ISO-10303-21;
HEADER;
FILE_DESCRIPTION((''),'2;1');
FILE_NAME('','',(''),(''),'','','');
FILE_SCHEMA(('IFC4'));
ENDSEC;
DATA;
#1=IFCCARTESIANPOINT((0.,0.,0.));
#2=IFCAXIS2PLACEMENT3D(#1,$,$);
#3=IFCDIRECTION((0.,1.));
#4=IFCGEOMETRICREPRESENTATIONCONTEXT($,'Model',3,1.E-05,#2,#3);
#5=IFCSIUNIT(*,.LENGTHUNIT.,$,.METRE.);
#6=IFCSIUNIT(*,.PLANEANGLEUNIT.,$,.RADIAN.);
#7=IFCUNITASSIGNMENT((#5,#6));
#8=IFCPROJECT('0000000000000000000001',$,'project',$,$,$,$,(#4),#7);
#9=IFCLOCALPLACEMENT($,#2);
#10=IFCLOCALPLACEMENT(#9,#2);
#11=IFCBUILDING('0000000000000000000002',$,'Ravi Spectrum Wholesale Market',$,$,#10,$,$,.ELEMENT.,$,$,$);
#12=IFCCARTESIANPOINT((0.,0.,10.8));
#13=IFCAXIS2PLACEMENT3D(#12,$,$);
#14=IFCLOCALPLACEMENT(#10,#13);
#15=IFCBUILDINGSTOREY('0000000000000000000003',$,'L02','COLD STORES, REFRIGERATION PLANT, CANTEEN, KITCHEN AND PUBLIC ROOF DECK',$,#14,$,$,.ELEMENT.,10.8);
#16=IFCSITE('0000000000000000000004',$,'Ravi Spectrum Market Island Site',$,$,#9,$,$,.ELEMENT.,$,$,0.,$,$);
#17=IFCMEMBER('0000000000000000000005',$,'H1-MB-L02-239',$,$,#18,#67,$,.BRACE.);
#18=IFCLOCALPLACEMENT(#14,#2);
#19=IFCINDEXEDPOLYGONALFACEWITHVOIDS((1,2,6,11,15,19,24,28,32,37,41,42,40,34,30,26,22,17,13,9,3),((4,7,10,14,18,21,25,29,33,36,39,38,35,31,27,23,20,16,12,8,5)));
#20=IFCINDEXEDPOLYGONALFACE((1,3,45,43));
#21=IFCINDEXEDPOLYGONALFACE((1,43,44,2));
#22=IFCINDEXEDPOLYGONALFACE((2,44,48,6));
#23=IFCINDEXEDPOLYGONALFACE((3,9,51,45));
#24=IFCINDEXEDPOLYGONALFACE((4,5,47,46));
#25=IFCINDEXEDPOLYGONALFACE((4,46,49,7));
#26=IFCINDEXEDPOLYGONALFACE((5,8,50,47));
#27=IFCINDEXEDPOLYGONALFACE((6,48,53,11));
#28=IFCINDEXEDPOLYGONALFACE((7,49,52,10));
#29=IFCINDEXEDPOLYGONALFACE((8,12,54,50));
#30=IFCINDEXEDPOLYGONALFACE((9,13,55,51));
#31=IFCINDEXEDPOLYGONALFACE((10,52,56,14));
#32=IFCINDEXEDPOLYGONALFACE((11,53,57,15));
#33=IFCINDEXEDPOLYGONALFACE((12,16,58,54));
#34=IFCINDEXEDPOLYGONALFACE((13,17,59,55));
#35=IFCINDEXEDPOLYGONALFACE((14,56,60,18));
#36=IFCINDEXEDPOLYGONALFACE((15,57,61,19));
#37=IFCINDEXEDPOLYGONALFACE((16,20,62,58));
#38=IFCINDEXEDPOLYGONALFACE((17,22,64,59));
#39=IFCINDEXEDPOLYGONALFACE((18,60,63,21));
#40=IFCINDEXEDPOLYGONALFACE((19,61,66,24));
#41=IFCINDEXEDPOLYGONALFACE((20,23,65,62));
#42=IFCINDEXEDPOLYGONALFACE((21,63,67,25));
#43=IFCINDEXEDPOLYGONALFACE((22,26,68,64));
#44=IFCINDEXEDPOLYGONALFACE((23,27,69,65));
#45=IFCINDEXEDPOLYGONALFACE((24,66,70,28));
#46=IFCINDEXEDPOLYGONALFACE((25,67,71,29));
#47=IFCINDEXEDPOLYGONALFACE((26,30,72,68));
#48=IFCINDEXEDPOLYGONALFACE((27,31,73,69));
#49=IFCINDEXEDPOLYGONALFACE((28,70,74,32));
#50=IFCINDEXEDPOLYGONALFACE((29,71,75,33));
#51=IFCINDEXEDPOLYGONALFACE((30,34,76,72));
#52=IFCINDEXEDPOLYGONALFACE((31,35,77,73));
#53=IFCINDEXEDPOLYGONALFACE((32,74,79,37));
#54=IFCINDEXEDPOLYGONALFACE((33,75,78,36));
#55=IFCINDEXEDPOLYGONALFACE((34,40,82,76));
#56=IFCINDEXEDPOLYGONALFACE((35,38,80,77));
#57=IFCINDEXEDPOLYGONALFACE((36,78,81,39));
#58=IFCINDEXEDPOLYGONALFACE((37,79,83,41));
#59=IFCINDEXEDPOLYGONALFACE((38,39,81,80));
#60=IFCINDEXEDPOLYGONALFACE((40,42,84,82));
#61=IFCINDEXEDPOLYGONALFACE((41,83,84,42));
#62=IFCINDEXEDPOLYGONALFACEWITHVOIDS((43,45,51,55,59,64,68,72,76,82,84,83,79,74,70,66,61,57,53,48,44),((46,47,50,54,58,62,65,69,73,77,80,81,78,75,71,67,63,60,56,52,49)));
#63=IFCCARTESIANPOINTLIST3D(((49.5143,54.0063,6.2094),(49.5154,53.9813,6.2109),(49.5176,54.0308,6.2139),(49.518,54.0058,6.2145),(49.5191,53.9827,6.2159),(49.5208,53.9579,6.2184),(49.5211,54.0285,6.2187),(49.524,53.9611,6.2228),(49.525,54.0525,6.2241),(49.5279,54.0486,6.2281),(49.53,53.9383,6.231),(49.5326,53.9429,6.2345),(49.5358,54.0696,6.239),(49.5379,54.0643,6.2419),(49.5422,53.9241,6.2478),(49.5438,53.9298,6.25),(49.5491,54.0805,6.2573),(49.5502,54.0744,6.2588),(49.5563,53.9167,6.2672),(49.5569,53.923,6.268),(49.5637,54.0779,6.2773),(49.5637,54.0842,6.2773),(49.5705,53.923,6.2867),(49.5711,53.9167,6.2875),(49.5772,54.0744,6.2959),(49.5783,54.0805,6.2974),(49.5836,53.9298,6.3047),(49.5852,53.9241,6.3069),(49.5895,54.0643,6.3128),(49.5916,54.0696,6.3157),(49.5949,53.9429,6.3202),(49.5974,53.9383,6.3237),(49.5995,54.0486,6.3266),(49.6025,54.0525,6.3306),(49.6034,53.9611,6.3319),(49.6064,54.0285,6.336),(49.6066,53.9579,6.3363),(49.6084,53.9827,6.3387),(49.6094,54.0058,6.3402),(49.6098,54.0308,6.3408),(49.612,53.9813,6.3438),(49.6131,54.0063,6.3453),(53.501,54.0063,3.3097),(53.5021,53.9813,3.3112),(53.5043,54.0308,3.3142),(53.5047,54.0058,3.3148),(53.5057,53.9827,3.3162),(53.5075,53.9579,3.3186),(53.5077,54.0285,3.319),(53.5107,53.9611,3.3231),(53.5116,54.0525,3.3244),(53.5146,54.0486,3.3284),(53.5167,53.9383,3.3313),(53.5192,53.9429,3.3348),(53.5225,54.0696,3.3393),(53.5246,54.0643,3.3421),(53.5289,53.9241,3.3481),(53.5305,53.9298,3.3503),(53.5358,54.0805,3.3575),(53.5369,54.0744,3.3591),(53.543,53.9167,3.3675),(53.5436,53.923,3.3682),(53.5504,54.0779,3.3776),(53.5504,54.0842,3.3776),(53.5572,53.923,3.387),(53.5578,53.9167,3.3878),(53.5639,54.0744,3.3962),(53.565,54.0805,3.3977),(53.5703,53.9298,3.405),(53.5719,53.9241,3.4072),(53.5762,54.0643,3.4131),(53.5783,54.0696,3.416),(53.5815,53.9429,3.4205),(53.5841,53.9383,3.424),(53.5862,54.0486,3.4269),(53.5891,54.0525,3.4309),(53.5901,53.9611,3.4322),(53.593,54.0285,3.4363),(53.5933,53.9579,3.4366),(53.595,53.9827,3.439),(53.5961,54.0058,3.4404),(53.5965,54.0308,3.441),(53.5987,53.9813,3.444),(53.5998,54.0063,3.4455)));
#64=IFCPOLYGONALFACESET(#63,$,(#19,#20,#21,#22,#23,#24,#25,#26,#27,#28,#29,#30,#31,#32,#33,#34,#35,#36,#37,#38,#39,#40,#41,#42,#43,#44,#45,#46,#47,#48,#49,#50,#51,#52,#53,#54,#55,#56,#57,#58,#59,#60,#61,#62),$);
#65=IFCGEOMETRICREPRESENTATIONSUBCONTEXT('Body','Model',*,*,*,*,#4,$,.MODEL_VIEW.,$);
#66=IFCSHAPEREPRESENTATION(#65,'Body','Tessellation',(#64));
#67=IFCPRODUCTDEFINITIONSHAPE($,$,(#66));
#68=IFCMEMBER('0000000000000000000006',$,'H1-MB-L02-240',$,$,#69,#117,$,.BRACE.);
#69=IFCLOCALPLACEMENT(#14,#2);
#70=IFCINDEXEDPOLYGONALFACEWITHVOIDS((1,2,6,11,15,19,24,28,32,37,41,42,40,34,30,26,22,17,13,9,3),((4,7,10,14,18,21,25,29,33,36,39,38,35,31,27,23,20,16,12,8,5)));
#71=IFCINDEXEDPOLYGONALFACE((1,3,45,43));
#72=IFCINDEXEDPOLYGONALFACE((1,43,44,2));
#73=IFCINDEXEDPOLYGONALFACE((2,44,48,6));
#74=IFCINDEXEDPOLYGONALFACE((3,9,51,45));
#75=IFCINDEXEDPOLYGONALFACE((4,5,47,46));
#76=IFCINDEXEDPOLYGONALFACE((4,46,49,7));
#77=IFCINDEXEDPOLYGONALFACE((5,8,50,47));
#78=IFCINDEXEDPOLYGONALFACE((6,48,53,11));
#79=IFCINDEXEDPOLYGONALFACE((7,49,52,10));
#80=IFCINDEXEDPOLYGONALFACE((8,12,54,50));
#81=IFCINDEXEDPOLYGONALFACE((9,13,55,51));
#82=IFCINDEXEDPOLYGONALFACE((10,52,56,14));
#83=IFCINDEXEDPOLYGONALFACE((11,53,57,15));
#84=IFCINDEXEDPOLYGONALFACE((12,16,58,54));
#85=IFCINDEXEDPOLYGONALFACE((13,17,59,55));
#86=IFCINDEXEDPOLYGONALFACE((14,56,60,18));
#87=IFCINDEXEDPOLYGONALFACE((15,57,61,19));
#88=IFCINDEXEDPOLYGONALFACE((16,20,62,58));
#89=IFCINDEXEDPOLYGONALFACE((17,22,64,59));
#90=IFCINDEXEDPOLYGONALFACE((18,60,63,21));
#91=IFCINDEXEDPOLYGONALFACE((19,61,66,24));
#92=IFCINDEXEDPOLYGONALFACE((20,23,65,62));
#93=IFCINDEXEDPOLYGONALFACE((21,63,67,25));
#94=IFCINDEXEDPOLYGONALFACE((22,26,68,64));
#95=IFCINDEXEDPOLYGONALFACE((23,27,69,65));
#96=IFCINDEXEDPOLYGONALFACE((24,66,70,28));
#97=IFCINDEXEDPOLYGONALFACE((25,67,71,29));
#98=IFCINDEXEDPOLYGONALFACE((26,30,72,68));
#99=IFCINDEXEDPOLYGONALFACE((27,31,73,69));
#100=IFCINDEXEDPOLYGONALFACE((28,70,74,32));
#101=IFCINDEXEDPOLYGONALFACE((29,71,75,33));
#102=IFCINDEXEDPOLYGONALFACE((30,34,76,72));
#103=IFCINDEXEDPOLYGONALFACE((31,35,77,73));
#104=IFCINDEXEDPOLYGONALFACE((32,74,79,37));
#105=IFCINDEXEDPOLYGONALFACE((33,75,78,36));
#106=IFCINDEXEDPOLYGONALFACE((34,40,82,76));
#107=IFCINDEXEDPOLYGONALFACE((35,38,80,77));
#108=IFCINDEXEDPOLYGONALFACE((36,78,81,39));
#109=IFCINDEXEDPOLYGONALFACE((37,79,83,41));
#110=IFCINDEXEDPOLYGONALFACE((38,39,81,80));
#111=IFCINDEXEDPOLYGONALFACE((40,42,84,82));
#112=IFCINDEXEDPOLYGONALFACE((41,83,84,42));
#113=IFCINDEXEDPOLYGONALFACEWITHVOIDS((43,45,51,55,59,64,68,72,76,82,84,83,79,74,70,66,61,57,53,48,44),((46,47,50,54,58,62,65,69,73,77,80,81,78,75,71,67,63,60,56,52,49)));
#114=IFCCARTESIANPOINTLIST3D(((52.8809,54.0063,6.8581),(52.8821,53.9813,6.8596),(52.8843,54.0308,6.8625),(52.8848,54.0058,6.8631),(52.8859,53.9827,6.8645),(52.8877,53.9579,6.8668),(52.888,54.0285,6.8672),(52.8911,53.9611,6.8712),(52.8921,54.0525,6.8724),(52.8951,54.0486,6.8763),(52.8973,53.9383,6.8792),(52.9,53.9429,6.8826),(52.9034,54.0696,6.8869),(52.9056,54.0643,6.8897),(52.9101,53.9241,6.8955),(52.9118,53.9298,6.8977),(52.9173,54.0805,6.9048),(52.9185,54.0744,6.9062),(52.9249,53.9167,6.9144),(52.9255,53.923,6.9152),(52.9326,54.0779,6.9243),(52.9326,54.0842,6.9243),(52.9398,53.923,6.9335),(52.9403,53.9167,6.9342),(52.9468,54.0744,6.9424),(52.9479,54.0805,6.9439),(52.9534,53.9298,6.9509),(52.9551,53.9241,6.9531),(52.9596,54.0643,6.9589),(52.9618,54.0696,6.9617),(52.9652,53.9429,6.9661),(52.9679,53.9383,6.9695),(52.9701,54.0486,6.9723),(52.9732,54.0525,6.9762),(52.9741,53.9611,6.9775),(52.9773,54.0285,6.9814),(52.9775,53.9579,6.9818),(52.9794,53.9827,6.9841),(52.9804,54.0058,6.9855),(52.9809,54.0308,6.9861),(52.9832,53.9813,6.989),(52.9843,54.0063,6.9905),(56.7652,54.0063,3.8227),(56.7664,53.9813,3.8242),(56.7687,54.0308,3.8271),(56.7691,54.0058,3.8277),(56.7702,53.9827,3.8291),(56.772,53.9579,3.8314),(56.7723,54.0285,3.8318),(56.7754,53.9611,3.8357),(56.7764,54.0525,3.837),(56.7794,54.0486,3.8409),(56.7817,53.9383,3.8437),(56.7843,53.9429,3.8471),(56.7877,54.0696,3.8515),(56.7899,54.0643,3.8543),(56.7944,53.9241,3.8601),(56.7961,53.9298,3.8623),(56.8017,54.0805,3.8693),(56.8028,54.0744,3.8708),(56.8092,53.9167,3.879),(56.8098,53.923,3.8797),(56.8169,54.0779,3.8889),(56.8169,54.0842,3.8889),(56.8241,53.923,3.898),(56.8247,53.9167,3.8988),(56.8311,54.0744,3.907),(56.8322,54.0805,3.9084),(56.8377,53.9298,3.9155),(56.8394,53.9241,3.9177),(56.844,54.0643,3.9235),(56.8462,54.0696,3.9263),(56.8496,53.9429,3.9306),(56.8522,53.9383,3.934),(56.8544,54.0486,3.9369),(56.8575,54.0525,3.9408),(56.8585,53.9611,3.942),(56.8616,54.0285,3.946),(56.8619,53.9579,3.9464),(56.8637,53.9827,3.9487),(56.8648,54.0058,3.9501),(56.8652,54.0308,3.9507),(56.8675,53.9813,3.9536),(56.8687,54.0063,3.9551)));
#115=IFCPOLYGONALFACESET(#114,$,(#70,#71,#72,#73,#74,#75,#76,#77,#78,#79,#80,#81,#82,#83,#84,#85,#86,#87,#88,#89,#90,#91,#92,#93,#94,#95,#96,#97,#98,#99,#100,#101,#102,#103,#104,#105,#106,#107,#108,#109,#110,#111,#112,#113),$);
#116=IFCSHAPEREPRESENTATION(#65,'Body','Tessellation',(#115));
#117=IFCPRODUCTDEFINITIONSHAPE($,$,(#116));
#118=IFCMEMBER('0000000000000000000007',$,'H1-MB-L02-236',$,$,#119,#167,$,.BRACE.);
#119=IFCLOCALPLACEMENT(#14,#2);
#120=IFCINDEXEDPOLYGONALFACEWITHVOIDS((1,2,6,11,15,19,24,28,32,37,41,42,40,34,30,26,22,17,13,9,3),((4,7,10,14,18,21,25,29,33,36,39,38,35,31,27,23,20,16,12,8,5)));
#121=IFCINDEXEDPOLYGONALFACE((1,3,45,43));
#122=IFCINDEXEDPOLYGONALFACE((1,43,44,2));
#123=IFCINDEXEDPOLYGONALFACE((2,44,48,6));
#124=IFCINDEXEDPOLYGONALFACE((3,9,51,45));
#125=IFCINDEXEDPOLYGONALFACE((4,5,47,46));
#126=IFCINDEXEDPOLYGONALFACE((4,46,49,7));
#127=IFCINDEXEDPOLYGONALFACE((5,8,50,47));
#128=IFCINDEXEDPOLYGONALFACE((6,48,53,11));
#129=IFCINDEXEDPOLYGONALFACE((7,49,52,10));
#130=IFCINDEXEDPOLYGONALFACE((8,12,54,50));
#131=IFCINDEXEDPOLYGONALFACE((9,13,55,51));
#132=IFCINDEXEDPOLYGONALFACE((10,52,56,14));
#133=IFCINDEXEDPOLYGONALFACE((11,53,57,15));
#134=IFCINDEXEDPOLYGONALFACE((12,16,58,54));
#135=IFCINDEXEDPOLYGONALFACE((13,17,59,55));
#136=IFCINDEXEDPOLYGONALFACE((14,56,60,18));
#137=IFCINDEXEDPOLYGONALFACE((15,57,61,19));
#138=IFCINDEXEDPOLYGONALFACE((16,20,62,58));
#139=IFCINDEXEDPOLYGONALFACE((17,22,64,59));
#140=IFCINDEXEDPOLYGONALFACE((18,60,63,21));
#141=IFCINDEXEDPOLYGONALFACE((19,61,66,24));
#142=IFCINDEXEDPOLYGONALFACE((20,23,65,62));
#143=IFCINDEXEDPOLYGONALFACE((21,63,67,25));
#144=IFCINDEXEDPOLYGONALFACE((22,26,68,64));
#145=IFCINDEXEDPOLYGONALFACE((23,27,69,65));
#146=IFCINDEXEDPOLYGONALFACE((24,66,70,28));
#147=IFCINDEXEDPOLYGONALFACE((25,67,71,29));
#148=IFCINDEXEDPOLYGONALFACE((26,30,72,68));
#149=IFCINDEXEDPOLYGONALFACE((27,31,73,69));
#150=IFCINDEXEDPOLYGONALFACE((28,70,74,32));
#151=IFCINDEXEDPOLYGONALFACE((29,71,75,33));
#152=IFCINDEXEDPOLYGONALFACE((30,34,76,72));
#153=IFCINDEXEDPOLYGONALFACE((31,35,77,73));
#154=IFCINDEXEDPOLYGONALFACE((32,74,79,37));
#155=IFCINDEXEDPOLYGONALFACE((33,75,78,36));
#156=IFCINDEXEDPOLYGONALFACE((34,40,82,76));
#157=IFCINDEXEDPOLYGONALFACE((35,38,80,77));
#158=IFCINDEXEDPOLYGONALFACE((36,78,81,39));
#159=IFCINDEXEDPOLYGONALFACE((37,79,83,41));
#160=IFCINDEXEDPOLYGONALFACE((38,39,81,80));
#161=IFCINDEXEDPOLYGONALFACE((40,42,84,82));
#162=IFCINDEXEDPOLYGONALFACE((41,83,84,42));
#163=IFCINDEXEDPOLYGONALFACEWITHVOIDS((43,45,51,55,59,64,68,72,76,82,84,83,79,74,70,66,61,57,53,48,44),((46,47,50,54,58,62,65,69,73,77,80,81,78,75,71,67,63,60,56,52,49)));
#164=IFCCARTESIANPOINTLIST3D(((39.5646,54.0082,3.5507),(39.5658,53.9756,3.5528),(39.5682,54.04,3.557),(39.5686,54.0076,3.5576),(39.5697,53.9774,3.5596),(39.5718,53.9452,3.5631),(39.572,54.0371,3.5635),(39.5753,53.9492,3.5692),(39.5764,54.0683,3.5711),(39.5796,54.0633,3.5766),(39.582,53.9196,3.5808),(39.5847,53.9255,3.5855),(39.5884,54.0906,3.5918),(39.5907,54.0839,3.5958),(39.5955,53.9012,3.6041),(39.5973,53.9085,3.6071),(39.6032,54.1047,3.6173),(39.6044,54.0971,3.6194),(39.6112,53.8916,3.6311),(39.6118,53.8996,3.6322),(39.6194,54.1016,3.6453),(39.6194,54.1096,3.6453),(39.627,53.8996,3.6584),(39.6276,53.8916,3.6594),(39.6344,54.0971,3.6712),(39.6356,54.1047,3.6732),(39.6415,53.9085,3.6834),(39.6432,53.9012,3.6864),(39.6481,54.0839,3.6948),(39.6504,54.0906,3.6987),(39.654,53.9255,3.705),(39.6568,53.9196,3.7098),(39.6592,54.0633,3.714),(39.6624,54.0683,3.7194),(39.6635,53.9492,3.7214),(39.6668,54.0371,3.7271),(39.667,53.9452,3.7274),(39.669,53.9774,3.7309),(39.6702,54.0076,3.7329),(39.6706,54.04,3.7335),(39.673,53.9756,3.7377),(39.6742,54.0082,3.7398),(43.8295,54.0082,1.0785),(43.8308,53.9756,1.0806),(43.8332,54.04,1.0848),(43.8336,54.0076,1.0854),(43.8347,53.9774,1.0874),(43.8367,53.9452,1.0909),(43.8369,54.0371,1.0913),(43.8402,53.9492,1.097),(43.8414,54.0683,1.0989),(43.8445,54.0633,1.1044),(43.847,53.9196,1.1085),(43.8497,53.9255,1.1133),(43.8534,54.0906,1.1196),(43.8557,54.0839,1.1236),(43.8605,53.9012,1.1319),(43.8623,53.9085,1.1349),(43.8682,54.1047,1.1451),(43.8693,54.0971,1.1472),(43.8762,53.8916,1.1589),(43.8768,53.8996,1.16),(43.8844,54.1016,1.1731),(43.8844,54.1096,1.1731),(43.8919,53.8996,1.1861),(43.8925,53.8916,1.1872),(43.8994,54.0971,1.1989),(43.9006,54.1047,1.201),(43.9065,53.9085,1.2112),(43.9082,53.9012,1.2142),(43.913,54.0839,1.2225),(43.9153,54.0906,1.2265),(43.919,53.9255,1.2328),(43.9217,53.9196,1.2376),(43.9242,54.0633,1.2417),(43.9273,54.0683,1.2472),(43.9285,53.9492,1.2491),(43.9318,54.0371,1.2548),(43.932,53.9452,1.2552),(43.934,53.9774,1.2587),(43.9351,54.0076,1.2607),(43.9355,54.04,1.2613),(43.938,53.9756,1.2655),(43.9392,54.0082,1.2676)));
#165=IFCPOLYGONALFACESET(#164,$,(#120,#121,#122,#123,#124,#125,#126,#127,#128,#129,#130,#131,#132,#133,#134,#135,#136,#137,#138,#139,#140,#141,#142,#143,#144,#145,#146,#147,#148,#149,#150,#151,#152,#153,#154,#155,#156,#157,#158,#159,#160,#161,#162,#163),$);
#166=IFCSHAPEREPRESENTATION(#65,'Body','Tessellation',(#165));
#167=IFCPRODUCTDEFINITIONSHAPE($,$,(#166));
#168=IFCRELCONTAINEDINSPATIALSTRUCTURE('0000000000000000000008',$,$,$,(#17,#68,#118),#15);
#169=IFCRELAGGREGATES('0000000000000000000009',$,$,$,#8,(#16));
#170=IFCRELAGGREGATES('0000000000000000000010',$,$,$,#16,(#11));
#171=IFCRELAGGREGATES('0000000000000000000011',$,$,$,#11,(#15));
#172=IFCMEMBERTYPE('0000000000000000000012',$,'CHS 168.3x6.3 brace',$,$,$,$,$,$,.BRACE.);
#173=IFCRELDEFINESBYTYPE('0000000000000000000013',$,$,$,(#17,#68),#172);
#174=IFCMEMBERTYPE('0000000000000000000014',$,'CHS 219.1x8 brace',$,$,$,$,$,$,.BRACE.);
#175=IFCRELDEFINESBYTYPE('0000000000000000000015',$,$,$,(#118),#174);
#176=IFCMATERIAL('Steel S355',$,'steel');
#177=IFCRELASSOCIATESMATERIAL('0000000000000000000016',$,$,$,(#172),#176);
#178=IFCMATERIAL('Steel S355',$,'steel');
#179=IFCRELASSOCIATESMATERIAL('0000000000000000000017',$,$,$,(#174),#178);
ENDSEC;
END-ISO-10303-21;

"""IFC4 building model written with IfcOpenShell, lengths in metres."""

from ifc_helpers import new_model, si_unit, direction, frame, origin, origin_2d, place, context, subcontext, project, spatial, hollow_circle, extrude, material, material_profile, profile_set, type_object, element, save


model = new_model("IFC4")

# Units and contexts
model_context = context("Model", 3, precision=1e-05, world=origin(), true_north=direction((0.0, 1.0)))
body_context = subcontext(model_context, "Body", "Model", "MODEL_VIEW")
ifc_project = project(units=[si_unit("LENGTHUNIT", "METRE"), si_unit("PLANEANGLEUNIT", "RADIAN")], contexts=[model_context])

# Site, building, storey
site_placement = place(None, origin())
site = spatial("IfcSite", under=ifc_project, at=site_placement, Name="Ravi Spectrum Market Island Site", CompositionType="ELEMENT", RefElevation=0.0)
building_placement = place(site_placement, origin())
building = spatial("IfcBuilding", under=site, at=building_placement, Name="Ravi Spectrum Wholesale Market", CompositionType="ELEMENT")
storey_placement = place(building_placement, frame((0.0, 0.0, 10.8)))
storey = spatial("IfcBuildingStorey", under=building, at=storey_placement, Name="L02", Description="COLD STORES, REFRIGERATION PLANT, CANTEEN, KITCHEN AND PUBLIC ROOF DECK", CompositionType="ELEMENT", Elevation=10.8)

# Members
ifc_material_1 = material(Name="Steel S355", Category="steel")
ifc_material_profile_1 = material_profile(ifc_material_1, hollow_circle(Radius=0.0842, WallThickness=0.0063, at=origin_2d()))
ifc_profile_set_1 = profile_set([ifc_material_profile_1], Name="Steel S355")
member_type_1 = type_object("IfcMemberType", Name="CHS 168.3x6.3 brace", PredefinedType="BRACE", material=ifc_profile_set_1)
for number, where, z_axis, x_axis, name in (
    (1, (49.5637, 54.0, 6.2773), (0.808704, 0.0, -0.588216), (0.0, 1.0, 0.0), "H1-MB-L02-239"),
    (2, (52.9326, 54.0, 6.9243), (0.787945, 0.0, -0.615746), (0.0, 1.0, 0.0), "H1-MB-L02-240"),
):
    element("IfcMember", number, at=place(storey_placement, frame(where, z_axis=z_axis, x_axis=x_axis)), inside=storey, type_object=member_type_1, Name=name, PredefinedType="BRACE", context=body_context, shape_type="SweptSolid", body=[
        extrude(hollow_circle(Radius=0.0842, WallThickness=0.0063, at=origin_2d()), origin(), (0.0, 0.0, 1.0), 4.9297),
    ])
ifc_material_2 = material(Name="Steel S355", Category="steel")
ifc_material_profile_2 = material_profile(ifc_material_2, hollow_circle(Radius=0.1096, WallThickness=0.0081, at=origin_2d()))
ifc_profile_set_2 = profile_set([ifc_material_profile_2], Name="Steel S355")
member_type_2 = type_object("IfcMemberType", Name="CHS 219.1x8 brace", PredefinedType="BRACE", material=ifc_profile_set_2)
for number, where, z_axis, x_axis, name in (
    (3, (39.6194, 54.0, 3.6453), (0.865161, 0.0, -0.501495), (0.0, 1.0, 0.0), "H1-MB-L02-236"),
):
    element("IfcMember", number, at=place(storey_placement, frame(where, z_axis=z_axis, x_axis=x_axis)), inside=storey, type_object=member_type_2, Name=name, PredefinedType="BRACE", context=body_context, shape_type="SweptSolid", body=[
        extrude(hollow_circle(Radius=0.1096, WallThickness=0.0081, at=origin_2d()), origin(), (0.0, 0.0, 1.0), 4.9297),
    ])

save(model, "model.ifc")
